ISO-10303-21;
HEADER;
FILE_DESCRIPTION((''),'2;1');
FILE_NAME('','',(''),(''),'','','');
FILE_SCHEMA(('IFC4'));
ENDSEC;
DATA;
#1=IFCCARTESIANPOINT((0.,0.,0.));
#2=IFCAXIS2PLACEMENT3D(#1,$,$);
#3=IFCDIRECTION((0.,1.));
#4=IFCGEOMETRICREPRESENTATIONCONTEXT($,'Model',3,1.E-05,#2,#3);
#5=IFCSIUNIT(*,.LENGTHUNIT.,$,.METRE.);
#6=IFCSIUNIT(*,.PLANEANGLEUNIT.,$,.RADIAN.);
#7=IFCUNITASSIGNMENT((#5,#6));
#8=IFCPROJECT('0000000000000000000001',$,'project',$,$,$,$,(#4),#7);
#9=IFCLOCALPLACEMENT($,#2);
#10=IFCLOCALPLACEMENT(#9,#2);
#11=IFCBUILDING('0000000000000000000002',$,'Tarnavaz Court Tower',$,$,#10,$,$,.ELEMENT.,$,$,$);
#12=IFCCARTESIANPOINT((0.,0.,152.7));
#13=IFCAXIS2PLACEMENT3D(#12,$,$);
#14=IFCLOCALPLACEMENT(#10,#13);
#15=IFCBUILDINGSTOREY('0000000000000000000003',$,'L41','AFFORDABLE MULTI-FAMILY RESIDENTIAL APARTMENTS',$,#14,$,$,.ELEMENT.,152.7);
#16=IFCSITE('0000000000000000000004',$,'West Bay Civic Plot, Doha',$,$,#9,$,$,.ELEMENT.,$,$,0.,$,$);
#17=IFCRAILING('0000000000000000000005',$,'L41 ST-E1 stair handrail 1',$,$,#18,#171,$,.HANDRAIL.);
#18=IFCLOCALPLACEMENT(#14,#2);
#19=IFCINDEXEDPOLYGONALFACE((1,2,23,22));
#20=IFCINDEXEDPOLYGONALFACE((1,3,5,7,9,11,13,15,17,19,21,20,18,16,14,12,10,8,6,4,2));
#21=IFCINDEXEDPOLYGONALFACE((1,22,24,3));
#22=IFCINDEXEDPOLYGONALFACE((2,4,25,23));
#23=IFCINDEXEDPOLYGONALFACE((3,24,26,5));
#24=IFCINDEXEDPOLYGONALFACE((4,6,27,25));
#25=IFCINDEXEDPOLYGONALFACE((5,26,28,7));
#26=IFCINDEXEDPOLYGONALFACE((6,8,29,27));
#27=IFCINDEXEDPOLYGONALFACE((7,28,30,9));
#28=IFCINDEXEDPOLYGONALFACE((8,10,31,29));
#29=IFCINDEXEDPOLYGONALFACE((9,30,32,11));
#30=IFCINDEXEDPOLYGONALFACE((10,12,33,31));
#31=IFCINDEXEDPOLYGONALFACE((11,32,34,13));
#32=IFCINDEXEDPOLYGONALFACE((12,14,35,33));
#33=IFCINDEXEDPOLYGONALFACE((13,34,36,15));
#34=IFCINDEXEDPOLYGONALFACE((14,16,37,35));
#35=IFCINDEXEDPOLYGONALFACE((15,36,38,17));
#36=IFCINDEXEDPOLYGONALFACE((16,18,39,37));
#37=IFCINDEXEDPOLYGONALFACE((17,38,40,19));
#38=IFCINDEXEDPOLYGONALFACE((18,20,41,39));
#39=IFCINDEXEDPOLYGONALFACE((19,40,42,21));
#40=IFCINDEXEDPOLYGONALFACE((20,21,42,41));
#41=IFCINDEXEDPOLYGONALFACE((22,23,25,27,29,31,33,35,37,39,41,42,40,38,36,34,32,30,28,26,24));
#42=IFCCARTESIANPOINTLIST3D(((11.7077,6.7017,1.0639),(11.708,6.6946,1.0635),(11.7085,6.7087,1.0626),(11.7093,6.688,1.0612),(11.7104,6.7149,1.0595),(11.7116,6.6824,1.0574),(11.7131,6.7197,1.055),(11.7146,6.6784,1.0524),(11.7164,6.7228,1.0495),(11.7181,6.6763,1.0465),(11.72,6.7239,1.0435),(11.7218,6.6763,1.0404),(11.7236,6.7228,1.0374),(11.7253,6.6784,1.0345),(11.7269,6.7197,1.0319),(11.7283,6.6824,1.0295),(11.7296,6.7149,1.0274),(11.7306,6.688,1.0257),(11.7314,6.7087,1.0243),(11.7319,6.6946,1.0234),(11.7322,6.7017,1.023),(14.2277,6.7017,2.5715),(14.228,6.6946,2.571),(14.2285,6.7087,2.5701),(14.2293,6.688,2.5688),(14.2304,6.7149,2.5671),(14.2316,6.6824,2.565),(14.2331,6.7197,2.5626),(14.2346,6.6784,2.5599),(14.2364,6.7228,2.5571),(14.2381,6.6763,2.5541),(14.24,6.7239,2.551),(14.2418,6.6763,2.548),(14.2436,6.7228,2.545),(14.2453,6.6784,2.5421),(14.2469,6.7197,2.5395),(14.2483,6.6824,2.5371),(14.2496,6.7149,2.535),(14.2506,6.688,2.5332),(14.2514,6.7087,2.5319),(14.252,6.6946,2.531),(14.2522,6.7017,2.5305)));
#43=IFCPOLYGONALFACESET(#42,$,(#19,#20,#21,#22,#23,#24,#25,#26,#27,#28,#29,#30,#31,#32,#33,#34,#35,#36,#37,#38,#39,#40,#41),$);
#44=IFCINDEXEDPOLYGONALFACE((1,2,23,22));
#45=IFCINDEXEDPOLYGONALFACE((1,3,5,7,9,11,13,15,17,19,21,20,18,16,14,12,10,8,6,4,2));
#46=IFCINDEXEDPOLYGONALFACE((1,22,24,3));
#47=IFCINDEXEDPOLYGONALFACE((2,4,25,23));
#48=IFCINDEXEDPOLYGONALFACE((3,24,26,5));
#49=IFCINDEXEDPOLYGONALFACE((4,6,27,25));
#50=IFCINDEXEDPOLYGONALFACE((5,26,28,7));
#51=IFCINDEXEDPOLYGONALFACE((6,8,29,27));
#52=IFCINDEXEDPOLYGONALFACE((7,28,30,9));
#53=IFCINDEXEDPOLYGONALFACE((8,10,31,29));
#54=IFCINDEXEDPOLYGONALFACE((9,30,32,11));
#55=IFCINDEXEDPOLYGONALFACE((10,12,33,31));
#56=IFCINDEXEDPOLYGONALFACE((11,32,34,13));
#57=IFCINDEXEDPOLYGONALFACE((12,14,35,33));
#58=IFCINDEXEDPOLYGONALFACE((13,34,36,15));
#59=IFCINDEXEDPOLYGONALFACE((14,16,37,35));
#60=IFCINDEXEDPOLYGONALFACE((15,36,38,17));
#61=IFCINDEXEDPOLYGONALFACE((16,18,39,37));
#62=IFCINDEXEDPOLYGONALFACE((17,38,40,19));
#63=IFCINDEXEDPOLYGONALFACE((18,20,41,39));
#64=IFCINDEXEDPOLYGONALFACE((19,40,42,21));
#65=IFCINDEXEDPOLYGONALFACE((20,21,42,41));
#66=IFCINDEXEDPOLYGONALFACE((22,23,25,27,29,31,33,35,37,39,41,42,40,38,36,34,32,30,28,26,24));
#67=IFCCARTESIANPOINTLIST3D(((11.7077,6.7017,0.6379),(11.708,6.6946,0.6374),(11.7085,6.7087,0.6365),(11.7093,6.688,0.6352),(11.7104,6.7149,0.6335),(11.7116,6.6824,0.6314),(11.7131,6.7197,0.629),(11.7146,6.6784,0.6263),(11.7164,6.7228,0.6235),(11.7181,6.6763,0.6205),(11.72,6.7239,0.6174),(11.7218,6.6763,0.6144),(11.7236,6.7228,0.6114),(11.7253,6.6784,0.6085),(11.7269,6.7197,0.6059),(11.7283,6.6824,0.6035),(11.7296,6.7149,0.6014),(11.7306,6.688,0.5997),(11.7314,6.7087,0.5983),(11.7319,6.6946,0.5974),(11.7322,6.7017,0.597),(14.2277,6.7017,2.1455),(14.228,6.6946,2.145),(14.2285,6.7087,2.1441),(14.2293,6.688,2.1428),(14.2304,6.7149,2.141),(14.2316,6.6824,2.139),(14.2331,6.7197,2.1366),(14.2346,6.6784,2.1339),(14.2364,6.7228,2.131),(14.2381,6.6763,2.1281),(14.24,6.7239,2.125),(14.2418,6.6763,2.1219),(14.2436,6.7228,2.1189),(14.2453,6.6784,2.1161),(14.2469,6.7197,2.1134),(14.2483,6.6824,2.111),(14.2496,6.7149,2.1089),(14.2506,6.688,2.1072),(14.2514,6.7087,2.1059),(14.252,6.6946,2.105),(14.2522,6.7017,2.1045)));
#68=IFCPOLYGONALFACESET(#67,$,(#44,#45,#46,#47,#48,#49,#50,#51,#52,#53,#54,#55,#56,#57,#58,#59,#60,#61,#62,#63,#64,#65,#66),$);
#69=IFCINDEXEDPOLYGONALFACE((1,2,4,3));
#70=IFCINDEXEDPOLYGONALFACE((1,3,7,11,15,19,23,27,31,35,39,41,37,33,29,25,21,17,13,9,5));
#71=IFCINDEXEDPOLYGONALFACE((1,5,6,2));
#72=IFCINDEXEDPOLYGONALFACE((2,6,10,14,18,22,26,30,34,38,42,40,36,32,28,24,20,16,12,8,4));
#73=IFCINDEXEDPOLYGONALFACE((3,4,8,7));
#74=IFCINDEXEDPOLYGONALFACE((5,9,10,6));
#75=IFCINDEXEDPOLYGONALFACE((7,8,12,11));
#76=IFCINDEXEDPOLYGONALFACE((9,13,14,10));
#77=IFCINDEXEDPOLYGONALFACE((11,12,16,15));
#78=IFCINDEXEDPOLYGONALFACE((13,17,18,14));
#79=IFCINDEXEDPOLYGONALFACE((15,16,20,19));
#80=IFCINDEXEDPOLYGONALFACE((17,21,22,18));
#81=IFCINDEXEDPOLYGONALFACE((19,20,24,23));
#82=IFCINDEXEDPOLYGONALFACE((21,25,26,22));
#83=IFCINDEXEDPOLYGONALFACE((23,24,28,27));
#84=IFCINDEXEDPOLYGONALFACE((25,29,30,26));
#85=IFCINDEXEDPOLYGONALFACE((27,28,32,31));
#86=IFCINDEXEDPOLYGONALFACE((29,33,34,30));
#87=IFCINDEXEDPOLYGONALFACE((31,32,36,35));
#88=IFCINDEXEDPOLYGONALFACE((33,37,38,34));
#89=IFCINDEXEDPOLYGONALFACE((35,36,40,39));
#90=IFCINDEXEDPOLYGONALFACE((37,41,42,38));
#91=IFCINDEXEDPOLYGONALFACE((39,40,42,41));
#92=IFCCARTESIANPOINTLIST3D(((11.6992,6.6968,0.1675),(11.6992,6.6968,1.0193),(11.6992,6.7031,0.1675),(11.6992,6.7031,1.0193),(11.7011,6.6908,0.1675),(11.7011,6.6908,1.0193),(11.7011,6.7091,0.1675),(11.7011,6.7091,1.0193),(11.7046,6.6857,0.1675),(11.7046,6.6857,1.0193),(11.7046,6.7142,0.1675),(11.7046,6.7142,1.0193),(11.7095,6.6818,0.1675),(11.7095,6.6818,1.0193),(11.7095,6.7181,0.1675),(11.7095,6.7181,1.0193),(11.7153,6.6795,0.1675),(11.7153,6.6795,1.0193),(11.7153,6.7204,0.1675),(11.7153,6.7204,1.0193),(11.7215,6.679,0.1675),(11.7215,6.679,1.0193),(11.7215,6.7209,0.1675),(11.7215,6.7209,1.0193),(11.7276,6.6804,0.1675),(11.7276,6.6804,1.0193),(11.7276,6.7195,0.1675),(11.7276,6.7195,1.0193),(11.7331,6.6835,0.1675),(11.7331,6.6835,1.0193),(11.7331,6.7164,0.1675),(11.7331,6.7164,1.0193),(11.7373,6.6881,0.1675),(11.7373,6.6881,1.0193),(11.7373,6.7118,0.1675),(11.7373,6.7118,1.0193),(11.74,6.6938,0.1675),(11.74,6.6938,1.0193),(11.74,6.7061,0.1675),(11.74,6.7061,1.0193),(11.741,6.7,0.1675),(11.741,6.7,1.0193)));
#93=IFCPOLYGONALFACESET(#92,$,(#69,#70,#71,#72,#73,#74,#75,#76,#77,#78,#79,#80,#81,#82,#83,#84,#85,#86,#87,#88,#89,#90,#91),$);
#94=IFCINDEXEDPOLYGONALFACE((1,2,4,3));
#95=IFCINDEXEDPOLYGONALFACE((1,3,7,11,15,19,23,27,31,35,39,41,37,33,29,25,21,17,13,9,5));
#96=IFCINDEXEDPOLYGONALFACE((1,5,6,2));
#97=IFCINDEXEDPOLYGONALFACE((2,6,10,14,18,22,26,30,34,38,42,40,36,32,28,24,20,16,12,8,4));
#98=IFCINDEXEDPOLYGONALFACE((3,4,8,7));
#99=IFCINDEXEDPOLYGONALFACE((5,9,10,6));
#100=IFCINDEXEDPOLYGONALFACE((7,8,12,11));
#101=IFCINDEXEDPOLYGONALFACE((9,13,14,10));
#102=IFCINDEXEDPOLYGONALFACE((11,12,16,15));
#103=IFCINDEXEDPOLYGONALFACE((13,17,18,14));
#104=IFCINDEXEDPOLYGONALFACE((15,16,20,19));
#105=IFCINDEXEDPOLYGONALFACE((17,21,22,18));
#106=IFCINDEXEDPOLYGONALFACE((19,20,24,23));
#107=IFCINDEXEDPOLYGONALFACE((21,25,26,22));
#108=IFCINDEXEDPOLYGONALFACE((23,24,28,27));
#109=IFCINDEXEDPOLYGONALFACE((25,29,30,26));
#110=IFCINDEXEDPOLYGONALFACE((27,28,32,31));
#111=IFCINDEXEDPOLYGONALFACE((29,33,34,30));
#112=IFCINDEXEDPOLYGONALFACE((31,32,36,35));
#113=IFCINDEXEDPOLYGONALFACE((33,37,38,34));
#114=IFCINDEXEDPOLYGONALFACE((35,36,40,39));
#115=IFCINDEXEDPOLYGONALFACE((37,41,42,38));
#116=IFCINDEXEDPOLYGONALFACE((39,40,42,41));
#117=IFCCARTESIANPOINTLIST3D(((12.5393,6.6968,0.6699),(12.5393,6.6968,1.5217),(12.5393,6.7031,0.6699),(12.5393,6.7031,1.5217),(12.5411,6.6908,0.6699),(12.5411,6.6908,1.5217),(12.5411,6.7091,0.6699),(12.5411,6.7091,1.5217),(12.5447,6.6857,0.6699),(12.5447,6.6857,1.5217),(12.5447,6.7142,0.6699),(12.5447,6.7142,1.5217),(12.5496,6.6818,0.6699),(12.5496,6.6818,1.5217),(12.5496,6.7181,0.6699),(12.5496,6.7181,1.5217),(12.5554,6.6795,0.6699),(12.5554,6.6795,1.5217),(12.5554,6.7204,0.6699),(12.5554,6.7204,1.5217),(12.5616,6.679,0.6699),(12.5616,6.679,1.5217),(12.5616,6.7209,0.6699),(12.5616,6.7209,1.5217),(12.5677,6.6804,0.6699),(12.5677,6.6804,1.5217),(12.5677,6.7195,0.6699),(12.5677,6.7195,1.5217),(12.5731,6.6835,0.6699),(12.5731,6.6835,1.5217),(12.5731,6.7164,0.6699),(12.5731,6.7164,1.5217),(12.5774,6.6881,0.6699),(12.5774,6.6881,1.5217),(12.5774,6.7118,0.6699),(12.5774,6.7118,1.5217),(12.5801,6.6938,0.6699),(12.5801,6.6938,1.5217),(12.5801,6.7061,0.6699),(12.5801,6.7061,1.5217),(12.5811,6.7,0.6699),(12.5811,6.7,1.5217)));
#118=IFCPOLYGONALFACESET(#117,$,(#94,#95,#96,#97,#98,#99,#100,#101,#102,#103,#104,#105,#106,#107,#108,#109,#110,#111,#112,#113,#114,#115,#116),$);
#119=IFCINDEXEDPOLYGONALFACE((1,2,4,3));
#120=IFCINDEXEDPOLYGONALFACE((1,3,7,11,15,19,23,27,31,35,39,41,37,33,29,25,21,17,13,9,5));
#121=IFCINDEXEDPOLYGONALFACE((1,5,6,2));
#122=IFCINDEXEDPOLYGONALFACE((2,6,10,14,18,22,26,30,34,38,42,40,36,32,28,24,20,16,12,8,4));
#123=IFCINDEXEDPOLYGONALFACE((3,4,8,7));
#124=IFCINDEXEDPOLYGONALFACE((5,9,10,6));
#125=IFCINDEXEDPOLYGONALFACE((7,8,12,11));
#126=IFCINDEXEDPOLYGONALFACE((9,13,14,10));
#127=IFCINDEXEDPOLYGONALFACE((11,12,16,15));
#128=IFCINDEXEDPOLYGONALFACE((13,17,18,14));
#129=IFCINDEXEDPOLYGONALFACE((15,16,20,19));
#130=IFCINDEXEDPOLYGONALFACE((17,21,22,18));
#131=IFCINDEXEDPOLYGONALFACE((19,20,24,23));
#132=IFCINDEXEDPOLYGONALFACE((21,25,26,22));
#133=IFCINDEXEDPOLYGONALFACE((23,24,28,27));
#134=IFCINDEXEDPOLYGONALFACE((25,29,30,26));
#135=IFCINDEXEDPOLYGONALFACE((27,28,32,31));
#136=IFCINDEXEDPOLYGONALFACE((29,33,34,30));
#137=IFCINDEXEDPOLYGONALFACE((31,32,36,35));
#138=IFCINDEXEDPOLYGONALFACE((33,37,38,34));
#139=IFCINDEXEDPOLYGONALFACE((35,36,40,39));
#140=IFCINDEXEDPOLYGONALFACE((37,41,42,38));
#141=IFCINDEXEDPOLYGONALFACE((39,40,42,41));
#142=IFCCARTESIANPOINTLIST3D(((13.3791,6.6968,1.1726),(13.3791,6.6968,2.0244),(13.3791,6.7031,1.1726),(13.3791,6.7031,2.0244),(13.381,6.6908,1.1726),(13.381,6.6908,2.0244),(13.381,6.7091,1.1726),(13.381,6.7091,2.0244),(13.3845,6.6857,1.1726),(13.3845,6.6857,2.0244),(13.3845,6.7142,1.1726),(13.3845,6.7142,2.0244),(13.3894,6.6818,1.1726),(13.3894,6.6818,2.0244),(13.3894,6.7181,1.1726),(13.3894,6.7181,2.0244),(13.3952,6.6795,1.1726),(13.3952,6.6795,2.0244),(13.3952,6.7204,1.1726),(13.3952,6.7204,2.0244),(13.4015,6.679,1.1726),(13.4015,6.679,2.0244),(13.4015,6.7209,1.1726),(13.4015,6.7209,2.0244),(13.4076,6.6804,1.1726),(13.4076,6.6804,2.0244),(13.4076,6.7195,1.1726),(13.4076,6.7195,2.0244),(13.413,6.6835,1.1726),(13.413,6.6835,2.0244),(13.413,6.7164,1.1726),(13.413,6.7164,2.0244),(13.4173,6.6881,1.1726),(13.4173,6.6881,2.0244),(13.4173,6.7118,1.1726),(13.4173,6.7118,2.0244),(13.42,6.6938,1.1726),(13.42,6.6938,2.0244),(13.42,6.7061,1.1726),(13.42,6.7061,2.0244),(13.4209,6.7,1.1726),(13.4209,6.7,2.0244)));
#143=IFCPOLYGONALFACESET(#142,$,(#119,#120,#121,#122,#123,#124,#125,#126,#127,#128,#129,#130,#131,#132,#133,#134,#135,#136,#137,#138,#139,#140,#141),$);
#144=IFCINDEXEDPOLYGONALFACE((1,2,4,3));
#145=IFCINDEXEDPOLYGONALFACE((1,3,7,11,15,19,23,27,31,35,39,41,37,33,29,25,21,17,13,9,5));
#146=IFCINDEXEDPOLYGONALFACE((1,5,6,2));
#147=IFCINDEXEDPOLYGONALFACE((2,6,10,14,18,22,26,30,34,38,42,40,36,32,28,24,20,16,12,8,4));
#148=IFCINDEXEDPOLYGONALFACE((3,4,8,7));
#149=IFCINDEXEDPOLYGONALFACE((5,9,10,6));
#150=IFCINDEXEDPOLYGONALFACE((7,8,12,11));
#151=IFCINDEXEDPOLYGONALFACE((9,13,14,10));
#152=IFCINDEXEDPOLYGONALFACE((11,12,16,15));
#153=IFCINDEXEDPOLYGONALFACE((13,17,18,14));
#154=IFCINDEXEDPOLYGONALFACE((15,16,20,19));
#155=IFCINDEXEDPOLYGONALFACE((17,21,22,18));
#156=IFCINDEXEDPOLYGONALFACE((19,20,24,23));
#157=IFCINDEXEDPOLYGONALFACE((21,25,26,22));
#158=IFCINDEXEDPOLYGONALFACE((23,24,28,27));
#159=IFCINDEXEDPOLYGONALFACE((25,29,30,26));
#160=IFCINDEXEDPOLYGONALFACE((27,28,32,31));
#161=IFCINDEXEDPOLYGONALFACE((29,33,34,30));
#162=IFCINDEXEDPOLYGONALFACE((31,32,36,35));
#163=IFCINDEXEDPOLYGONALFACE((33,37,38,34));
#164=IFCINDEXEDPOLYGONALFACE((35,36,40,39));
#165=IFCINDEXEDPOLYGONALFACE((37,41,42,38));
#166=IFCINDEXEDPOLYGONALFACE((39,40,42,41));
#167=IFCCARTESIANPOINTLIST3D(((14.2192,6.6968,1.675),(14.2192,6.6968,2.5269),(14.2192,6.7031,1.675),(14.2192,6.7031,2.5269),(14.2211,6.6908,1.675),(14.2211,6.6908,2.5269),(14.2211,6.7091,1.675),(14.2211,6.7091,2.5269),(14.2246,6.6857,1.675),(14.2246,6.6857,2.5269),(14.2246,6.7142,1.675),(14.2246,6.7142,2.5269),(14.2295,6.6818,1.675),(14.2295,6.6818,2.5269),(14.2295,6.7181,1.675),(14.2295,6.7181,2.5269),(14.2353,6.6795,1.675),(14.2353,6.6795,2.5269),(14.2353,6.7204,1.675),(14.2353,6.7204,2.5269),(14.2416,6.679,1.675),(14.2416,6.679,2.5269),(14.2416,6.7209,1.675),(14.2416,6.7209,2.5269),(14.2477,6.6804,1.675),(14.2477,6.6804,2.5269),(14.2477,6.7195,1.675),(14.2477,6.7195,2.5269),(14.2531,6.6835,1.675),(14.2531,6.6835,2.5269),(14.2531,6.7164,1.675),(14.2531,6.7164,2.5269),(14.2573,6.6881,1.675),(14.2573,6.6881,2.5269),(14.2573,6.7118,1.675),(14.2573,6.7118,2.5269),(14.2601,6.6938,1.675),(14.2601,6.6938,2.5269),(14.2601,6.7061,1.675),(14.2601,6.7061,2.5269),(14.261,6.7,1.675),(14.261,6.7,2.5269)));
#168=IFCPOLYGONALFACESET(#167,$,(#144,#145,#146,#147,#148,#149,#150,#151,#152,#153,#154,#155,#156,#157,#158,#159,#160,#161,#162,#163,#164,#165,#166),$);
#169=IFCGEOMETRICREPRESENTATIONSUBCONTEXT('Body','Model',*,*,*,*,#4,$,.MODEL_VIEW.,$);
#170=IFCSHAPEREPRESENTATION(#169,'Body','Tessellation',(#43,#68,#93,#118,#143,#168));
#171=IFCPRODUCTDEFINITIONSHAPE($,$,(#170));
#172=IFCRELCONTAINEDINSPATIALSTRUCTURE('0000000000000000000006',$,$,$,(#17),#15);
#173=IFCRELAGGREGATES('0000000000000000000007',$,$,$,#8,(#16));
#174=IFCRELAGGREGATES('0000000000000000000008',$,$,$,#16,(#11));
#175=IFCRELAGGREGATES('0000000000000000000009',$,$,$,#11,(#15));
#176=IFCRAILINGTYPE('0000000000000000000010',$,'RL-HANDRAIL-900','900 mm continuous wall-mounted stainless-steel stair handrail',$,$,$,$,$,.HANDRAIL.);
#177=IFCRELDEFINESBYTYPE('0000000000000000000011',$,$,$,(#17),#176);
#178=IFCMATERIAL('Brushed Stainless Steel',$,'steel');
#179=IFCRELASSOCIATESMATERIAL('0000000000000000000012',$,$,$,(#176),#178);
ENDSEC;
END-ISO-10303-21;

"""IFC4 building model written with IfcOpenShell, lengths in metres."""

from ifc_helpers import new_model, si_unit, direction, frame, origin, origin_2d, place, context, subcontext, project, spatial, circle, extrude, material, type_object, element, save


model = new_model("IFC4")

# Units and contexts
model_context = context("Model", 3, precision=1e-05, world=origin(), true_north=direction((0.0, 1.0)))
body_context = subcontext(model_context, "Body", "Model", "MODEL_VIEW")
ifc_project = project(units=[si_unit("LENGTHUNIT", "METRE"), si_unit("PLANEANGLEUNIT", "RADIAN")], contexts=[model_context])

# Site, building, storey
site_placement = place(None, origin())
site = spatial("IfcSite", under=ifc_project, at=site_placement, Name="West Bay Civic Plot, Doha", CompositionType="ELEMENT", RefElevation=0.0)
building_placement = place(site_placement, origin())
building = spatial("IfcBuilding", under=site, at=building_placement, Name="Tarnavaz Court Tower", CompositionType="ELEMENT")
storey_placement = place(building_placement, frame((0.0, 0.0, 152.7)))
storey = spatial("IfcBuildingStorey", under=building, at=storey_placement, Name="L41", Description="AFFORDABLE MULTI-FAMILY RESIDENTIAL APARTMENTS", CompositionType="ELEMENT", Elevation=152.7)

# Railing
ifc_material_1 = material(Name="Brushed Stainless Steel", Category="steel")
railing_type_1 = type_object("IfcRailingType", Name="RL-HANDRAIL-900", Description="900 mm continuous wall-mounted stainless-steel stair handrail", PredefinedType="HANDRAIL", material=ifc_material_1)
railing_1_placement = place(storey_placement, frame((11.72, 6.7, 0.1675)))
element("IfcRailing", 1, at=railing_1_placement, inside=storey, type_object=railing_type_1, Name="L41 ST-E1 stair handrail 1", PredefinedType="HANDRAIL", context=body_context, shape_type="SweptSolid", body=[
    extrude(circle(Radius=0.0239, at=origin_2d()), frame((0.0, 0.0, 0.876), z_axis=(0.85816, 0.0, 0.513383), x_axis=(0.0, 1.0, 0.0)), (0.0, 0.0, 1.0), 2.9365),
    extrude(circle(Radius=0.0239, at=origin_2d()), frame((0.0, 0.0, 0.45), z_axis=(0.85816, 0.0, 0.513383), x_axis=(0.0, 1.0, 0.0)), (0.0, 0.0, 1.0), 2.9365),
    extrude(circle(Radius=0.021, at=origin_2d()), origin(), (0.0, 0.0, 1.0), 0.8518),
    extrude(circle(Radius=0.021, at=origin_2d()), frame((0.8401, 0.0, 0.5024)), (0.0, 0.0, 1.0), 0.8518),
    extrude(circle(Radius=0.021, at=origin_2d()), frame((1.6799, 0.0, 1.0051)), (0.0, 0.0, 1.0), 0.8518),
    extrude(circle(Radius=0.021, at=origin_2d()), frame((2.52, 0.0, 1.5076)), (0.0, 0.0, 1.0), 0.8518),
])

save(model, "model.ifc")
